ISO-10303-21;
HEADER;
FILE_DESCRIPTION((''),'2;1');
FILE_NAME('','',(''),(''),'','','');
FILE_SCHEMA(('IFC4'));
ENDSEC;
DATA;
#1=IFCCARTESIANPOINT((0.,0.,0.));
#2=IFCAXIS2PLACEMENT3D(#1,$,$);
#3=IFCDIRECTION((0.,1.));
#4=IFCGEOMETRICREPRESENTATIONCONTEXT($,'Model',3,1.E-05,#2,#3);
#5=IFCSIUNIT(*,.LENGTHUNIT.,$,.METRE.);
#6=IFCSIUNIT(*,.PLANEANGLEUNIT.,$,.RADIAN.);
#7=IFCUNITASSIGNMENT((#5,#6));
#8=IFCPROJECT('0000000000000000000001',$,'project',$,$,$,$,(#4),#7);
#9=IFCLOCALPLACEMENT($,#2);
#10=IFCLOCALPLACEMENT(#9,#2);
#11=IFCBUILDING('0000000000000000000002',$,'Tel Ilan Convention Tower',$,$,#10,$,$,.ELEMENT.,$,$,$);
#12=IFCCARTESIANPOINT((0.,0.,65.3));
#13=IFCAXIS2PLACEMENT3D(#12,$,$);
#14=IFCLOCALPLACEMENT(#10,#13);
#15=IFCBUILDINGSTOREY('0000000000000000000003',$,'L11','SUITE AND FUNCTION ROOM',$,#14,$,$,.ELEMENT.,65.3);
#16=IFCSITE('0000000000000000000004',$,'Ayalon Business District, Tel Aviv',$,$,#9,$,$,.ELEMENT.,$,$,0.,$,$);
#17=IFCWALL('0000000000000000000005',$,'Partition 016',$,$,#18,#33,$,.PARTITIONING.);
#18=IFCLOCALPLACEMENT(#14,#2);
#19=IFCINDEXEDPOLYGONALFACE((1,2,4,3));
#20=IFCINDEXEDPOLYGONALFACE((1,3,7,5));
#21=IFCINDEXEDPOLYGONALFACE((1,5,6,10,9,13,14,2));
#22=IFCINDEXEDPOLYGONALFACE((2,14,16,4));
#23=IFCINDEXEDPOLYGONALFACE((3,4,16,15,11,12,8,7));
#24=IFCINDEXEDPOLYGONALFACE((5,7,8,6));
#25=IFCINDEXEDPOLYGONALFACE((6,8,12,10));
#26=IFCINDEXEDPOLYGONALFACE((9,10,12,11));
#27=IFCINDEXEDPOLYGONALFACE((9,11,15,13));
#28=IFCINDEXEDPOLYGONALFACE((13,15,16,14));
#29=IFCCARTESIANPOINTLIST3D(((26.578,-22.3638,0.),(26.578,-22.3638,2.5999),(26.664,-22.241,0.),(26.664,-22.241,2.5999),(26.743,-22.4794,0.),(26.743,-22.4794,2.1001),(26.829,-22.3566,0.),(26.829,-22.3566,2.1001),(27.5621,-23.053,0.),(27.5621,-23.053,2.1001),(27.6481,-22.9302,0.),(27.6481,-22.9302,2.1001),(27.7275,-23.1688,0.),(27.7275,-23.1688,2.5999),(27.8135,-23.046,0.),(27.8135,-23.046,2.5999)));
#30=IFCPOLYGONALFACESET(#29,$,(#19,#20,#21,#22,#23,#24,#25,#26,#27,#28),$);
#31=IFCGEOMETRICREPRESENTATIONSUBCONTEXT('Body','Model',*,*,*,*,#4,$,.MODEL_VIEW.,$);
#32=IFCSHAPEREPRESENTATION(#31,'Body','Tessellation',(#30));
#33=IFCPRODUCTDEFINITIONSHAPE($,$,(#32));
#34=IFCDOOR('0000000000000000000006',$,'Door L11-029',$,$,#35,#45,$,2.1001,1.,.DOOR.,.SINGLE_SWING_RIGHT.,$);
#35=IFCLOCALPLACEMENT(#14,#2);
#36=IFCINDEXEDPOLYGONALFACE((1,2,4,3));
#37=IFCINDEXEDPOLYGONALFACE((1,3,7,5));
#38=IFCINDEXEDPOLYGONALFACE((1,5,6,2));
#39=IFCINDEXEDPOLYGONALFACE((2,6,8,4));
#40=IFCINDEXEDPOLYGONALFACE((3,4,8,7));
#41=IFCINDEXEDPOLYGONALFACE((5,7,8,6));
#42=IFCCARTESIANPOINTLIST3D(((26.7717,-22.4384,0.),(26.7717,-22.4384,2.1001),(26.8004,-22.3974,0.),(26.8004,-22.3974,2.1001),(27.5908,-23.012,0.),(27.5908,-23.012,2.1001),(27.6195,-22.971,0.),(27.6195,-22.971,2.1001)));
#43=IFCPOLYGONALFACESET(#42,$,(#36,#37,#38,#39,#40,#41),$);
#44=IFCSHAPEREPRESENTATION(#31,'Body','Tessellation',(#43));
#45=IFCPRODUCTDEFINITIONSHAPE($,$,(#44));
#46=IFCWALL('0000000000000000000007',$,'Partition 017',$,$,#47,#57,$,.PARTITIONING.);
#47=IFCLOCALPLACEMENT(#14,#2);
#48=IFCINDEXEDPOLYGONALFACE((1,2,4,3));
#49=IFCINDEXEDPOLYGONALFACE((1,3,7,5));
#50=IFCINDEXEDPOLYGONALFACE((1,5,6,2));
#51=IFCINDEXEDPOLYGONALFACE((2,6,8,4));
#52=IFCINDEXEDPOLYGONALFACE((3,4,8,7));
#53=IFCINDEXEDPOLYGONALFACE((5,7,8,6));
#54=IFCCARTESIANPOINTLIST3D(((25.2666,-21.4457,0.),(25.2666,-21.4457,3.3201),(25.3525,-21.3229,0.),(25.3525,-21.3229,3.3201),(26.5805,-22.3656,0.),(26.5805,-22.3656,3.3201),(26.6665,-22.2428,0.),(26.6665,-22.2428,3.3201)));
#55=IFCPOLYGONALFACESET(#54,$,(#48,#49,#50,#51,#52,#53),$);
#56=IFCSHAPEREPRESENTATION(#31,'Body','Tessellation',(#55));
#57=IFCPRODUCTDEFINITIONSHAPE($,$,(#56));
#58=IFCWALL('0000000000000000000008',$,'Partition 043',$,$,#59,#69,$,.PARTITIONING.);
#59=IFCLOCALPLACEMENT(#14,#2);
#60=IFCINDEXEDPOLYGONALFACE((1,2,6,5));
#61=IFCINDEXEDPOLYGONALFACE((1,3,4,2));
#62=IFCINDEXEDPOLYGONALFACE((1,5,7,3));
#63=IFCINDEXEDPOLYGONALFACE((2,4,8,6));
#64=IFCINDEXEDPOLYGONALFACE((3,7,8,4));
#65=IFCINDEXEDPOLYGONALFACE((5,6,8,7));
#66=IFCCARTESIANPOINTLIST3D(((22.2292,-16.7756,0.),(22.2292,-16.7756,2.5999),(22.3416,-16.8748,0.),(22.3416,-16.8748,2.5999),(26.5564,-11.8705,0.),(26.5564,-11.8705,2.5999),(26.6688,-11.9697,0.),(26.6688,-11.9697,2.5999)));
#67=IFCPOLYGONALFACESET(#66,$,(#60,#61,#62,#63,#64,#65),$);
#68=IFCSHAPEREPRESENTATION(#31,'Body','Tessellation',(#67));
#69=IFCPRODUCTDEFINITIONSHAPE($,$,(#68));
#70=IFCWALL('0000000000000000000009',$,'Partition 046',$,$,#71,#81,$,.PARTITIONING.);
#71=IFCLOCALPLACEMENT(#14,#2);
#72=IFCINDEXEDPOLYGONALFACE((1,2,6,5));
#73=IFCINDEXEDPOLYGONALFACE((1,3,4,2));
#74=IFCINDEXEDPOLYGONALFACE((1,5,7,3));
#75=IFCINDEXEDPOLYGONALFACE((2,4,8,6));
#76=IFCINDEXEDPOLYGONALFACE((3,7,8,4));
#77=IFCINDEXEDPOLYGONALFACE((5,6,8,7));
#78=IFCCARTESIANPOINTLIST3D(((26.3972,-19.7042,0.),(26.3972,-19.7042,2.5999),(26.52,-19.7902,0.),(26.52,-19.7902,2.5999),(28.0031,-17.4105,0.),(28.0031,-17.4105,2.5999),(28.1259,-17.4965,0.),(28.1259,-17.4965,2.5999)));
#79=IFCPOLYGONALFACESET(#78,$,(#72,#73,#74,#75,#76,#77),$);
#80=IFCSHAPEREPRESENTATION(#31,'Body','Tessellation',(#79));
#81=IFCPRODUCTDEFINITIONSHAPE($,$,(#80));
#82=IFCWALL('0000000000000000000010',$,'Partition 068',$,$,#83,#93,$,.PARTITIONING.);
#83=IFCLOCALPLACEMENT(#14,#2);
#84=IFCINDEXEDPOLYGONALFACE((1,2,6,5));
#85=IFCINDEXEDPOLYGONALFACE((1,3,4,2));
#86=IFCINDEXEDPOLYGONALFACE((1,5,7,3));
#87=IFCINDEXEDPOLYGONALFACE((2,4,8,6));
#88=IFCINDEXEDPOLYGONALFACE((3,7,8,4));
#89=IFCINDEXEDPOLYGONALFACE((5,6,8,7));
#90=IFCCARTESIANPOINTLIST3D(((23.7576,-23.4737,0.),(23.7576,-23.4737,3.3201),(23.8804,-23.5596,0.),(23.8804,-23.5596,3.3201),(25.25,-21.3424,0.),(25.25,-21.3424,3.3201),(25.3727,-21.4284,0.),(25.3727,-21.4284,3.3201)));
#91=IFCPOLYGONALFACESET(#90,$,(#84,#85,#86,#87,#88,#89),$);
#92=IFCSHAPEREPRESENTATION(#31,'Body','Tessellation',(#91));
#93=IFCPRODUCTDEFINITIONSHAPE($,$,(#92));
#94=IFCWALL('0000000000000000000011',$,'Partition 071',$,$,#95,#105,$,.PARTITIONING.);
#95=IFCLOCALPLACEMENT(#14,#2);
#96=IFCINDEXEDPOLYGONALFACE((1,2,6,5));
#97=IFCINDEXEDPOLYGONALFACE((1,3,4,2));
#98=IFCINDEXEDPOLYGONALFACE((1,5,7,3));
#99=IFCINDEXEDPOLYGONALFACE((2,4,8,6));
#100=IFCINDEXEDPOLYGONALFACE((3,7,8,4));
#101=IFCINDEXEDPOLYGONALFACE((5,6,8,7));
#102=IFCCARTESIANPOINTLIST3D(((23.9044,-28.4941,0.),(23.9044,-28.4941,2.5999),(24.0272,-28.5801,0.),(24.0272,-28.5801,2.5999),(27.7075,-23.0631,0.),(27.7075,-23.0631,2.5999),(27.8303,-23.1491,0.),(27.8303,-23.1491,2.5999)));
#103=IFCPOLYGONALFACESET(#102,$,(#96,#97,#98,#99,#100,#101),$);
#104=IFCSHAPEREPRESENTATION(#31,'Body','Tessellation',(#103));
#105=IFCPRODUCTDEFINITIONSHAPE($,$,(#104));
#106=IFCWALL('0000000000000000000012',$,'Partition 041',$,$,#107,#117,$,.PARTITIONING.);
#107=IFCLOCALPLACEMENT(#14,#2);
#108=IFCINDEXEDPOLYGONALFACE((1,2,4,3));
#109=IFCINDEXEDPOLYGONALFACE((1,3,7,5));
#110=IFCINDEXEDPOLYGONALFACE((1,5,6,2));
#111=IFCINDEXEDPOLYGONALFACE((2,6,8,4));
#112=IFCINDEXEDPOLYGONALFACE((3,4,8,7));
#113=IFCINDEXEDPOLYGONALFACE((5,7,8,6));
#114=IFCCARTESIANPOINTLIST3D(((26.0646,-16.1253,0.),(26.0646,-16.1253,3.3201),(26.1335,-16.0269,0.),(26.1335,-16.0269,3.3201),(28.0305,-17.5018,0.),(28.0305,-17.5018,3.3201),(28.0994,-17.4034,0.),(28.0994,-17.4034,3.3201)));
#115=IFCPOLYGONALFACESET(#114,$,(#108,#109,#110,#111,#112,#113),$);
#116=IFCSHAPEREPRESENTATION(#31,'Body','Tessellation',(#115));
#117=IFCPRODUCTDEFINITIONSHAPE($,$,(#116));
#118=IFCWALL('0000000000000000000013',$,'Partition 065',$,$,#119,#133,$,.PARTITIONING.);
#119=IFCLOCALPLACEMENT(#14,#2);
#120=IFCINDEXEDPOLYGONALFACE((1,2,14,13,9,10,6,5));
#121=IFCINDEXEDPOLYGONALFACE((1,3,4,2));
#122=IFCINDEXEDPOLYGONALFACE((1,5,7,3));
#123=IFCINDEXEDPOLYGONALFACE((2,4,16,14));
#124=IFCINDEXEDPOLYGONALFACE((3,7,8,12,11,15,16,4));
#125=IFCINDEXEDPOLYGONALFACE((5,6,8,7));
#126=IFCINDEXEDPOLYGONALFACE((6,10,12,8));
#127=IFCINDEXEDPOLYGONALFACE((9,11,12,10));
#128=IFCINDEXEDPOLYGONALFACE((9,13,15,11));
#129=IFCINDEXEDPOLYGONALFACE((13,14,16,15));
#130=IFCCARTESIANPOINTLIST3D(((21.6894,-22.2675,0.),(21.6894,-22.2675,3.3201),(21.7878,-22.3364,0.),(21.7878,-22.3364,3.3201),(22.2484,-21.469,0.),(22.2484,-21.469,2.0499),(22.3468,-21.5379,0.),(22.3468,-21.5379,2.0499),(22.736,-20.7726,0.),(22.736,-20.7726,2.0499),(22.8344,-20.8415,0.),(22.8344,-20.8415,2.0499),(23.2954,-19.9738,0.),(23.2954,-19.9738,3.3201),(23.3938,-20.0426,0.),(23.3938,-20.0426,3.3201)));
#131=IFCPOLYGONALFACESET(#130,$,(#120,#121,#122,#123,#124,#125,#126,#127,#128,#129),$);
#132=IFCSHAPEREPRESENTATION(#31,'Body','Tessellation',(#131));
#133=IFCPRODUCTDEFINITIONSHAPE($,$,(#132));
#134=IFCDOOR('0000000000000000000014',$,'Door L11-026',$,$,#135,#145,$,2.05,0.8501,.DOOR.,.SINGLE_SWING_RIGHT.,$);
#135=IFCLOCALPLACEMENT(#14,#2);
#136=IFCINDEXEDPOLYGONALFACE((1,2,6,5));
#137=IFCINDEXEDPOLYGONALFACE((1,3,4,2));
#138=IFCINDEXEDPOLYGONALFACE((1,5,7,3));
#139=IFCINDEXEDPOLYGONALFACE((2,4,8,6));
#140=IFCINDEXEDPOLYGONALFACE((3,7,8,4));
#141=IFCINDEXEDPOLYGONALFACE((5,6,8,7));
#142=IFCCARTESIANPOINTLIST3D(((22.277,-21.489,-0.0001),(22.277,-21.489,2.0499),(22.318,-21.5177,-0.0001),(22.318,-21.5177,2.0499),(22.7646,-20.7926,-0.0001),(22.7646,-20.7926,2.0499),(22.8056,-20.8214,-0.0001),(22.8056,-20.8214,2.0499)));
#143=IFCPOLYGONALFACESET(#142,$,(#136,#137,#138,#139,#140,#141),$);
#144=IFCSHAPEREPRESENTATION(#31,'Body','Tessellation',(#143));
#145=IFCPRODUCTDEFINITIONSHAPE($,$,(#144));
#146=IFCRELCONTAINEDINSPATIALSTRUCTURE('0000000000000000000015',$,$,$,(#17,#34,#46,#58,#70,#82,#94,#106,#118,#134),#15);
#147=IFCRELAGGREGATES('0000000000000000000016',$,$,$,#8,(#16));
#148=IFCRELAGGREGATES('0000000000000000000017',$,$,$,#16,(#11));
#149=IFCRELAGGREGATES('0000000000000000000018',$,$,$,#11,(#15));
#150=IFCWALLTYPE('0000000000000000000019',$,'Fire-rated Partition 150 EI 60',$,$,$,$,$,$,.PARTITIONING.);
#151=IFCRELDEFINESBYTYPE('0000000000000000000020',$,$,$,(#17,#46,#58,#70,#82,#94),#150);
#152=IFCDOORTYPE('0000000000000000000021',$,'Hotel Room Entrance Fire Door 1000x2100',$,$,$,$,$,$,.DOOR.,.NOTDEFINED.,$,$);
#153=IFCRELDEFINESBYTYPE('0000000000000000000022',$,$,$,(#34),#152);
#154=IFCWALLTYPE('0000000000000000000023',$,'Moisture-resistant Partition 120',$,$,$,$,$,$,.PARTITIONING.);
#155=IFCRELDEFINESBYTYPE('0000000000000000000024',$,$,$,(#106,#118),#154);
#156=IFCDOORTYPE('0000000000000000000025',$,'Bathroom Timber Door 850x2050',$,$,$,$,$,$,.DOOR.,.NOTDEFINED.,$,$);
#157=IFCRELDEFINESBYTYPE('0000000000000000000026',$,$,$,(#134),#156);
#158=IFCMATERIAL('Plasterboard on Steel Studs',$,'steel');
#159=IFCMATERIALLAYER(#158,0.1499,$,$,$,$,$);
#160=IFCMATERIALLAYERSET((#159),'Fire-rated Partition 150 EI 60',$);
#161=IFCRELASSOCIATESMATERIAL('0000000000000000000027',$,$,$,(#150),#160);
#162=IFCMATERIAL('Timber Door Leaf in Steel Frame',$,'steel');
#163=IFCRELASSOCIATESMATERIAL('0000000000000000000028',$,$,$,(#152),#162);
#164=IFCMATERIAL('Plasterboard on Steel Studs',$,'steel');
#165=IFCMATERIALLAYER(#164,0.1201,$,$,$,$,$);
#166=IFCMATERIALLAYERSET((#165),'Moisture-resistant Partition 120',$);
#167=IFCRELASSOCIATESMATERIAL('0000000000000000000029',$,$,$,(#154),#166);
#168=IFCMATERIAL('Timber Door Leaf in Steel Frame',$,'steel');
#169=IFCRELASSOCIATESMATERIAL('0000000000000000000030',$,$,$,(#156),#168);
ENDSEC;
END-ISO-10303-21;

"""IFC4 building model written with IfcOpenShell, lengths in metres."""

from ifc_helpers import new_model, si_unit, direction, frame, frame_2d, origin, place, context, subcontext, project, spatial, rectangle, extrude, material, layer, layer_set, type_object, element, fill, save


model = new_model("IFC4")

# Units and contexts
model_context = context("Model", 3, precision=1e-05, world=origin(), true_north=direction((0.0, 1.0)))
body_context = subcontext(model_context, "Body", "Model", "MODEL_VIEW")
ifc_project = project(units=[si_unit("LENGTHUNIT", "METRE"), si_unit("PLANEANGLEUNIT", "RADIAN")], contexts=[model_context])

# Site, building, storey
site_placement = place(None, origin())
site = spatial("IfcSite", under=ifc_project, at=site_placement, Name="Ayalon Business District, Tel Aviv", CompositionType="ELEMENT", RefElevation=0.0)
building_placement = place(site_placement, origin())
building = spatial("IfcBuilding", under=site, at=building_placement, Name="Tel Ilan Convention Tower", CompositionType="ELEMENT")
storey_placement = place(building_placement, frame((0.0, 0.0, 65.3)))
storey = spatial("IfcBuildingStorey", under=building, at=storey_placement, Name="L11", Description="SUITE AND FUNCTION ROOM", CompositionType="ELEMENT", Elevation=65.3)

# Shared definitions
ifc_material_1 = material(Name="Plasterboard on Steel Studs", Category="steel")
ifc_layer_1 = layer(ifc_material_1, 0.1499)
ifc_layer_set_1 = layer_set([ifc_layer_1], Name="Fire-rated Partition 150 EI 60")
wall_type_1 = type_object("IfcWallType", Name="Fire-rated Partition 150 EI 60", PredefinedType="PARTITIONING", material=ifc_layer_set_1)
ifc_material_2 = material(Name="Timber Door Leaf in Steel Frame", Category="steel")
door_type_1 = type_object("IfcDoorType", Name="Hotel Room Entrance Fire Door 1000x2100", OperationType="NOTDEFINED", PredefinedType="DOOR", material=ifc_material_2)

# Wall, opening, door
wall_1_placement = place(storey_placement, frame((27.7705, -23.1074, 0.0), z_axis=(0.0, 0.0, 1.0), x_axis=(-0.819117, 0.573626, 0.0)))
wall_1 = element("IfcWall", 1, at=wall_1_placement, inside=storey, type_object=wall_type_1, Name="Partition 016", PredefinedType="PARTITIONING", context=body_context, shape_type="SweptSolid", body=[
    extrude(rectangle(XDim=1.4033, YDim=0.1499, at=frame_2d((0.7017, 0.0))), origin(), (0.0, 0.0, 1.0), 2.5999),
])
opening_1_placement = place(wall_1_placement, frame((0.2019, 0.0, 0.0)))
opening_1 = element("IfcOpeningElement", 2, at=opening_1_placement, cuts=wall_1, PredefinedType="OPENING", context=body_context, shape_type="SweptSolid", body=[
    extrude(rectangle(XDim=1.0, YDim=2.1001, at=frame_2d((0.5, 1.05))), frame((0.0, 0.085, 0.0), z_axis=(0.0, -1.0, 0.0), x_axis=(1.0, 0.0, 0.0)), (0.0, 0.0, 1.0), 0.1699),
])
door_1_placement = place(opening_1_placement, origin())
door_1 = element("IfcDoor", 3, at=door_1_placement, inside=storey, type_object=door_type_1, Name="Door L11-029", OperationType="SINGLE_SWING_RIGHT", OverallHeight=2.1001, OverallWidth=1.0, PredefinedType="DOOR", context=body_context, shape_type="SweptSolid", body=[
    extrude(rectangle(XDim=1.0, YDim=2.1001, at=frame_2d((0.5, 1.05))), frame((0.0, 0.0249, 0.0), z_axis=(0.0, -1.0, 0.0), x_axis=(1.0, 0.0, 0.0)), (0.0, 0.0, 1.0), 0.05),
])
fill(opening_1, door_1)

# Walls
wall_2_placement = place(storey_placement, frame((26.6235, -22.3042, 0.0), z_axis=(0.0, 0.0, 1.0), x_axis=(-0.819189, 0.573524, 0.0)))
element("IfcWall", 4, at=wall_2_placement, inside=storey, type_object=wall_type_1, Name="Partition 017", PredefinedType="PARTITIONING", context=body_context, shape_type="SweptSolid", body=[
    extrude(rectangle(XDim=1.604, YDim=0.1499, at=frame_2d((0.802, 0.0))), origin(), (0.0, 0.0, 1.0), 3.3201),
])
wall_3_placement = place(storey_placement, frame((22.2854, -16.8252, 0.0), z_axis=(0.0, 0.0, 1.0), x_axis=(0.661551, 0.7499, 0.0)))
element("IfcWall", 5, at=wall_3_placement, inside=storey, type_object=wall_type_1, Name="Partition 043", PredefinedType="PARTITIONING", context=body_context, shape_type="SweptSolid", body=[
    extrude(rectangle(XDim=6.541, YDim=0.1499, at=frame_2d((3.2705, 0.0))), origin(), (0.0, 0.0, 1.0), 2.5999),
])
wall_4_placement = place(storey_placement, frame((28.0645, -17.4536, 0.0), z_axis=(0.0, 0.0, 1.0), x_axis=(-0.57355, -0.81917, 0.0)))
element("IfcWall", 6, at=wall_4_placement, inside=storey, type_object=wall_type_1, Name="Partition 046", PredefinedType="PARTITIONING", context=body_context, shape_type="SweptSolid", body=[
    extrude(rectangle(XDim=2.8, YDim=0.1499, at=frame_2d((1.3999, 0.0))), origin(), (0.0, 0.0, 1.0), 2.5999),
])
wall_5_placement = place(storey_placement, frame((25.3113, -21.3855, 0.0), z_axis=(0.0, 0.0, 1.0), x_axis=(-0.573588, -0.819144, 0.0)))
element("IfcWall", 7, at=wall_5_placement, inside=storey, type_object=wall_type_1, Name="Partition 068", PredefinedType="PARTITIONING", context=body_context, shape_type="SweptSolid", body=[
    extrude(rectangle(XDim=2.6018, YDim=0.1499, at=frame_2d((1.3008, 0.0))), origin(), (0.0, 0.0, 1.0), 3.3201),
])
wall_6_placement = place(storey_placement, frame((27.7688, -23.1062, 0.0), z_axis=(0.0, 0.0, 1.0), x_axis=(-0.573598, -0.819137, 0.0)))
element("IfcWall", 8, at=wall_6_placement, inside=storey, type_object=wall_type_1, Name="Partition 071", PredefinedType="PARTITIONING", context=body_context, shape_type="SweptSolid", body=[
    extrude(rectangle(XDim=6.6301, YDim=0.1499, at=frame_2d((3.3149, 0.0))), origin(), (0.0, 0.0, 1.0), 2.5999),
])
ifc_material_3 = material(Name="Plasterboard on Steel Studs", Category="steel")
ifc_layer_2 = layer(ifc_material_3, 0.1201)
ifc_layer_set_2 = layer_set([ifc_layer_2], Name="Moisture-resistant Partition 120")
wall_type_2 = type_object("IfcWallType", Name="Moisture-resistant Partition 120", PredefinedType="PARTITIONING", material=ifc_layer_set_2)
wall_7_placement = place(storey_placement, frame((28.0649, -17.4526, 0.0), z_axis=(0.0, 0.0, 1.0), x_axis=(-0.819155, 0.573572, 0.0)))
element("IfcWall", 9, at=wall_7_placement, inside=storey, type_object=wall_type_2, Name="Partition 041", PredefinedType="PARTITIONING", context=body_context, shape_type="SweptSolid", body=[
    extrude(rectangle(XDim=2.3999, YDim=0.1201, at=frame_2d((1.2, 0.0))), origin(), (0.0, 0.0, 1.0), 3.3201),
])

# Wall, opening, door
wall_8_placement = place(storey_placement, frame((23.3445, -20.0083, 0.0), z_axis=(0.0, 0.0, 1.0), x_axis=(-0.57355, -0.81917, 0.0)))
wall_8 = element("IfcWall", 10, at=wall_8_placement, inside=storey, type_object=wall_type_2, Name="Partition 065", PredefinedType="PARTITIONING", context=body_context, shape_type="SweptSolid", body=[
    extrude(rectangle(XDim=2.8, YDim=0.1201, at=frame_2d((1.3999, 0.0))), origin(), (0.0, 0.0, 1.0), 3.3201),
])
opening_2_placement = place(wall_8_placement, frame((0.9751, 0.0, 0.0)))
opening_2 = element("IfcOpeningElement", 11, at=opening_2_placement, cuts=wall_8, PredefinedType="OPENING", context=body_context, shape_type="SweptSolid", body=[
    extrude(rectangle(XDim=0.8501, YDim=2.05, at=frame_2d((0.425, 1.0249))), frame((0.0, 0.0701, 0.0), z_axis=(0.0, -1.0, 0.0), x_axis=(1.0, 0.0, 0.0)), (0.0, 0.0, 1.0), 0.1401),
])
ifc_material_4 = material(Name="Timber Door Leaf in Steel Frame", Category="steel")
door_type_2 = type_object("IfcDoorType", Name="Bathroom Timber Door 850x2050", OperationType="NOTDEFINED", PredefinedType="DOOR", material=ifc_material_4)
door_2_placement = place(opening_2_placement, origin())
door_2 = element("IfcDoor", 12, at=door_2_placement, inside=storey, type_object=door_type_2, Name="Door L11-026", OperationType="SINGLE_SWING_RIGHT", OverallHeight=2.05, OverallWidth=0.8501, PredefinedType="DOOR", context=body_context, shape_type="SweptSolid", body=[
    extrude(rectangle(XDim=0.8501, YDim=2.05, at=frame_2d((0.425, 1.0249))), frame((0.0, 0.0249, 0.0), z_axis=(0.0, -1.0, 0.0), x_axis=(1.0, 0.0, 0.0)), (0.0, 0.0, 1.0), 0.05),
])
fill(opening_2, door_2)

save(model, "model.ifc")
